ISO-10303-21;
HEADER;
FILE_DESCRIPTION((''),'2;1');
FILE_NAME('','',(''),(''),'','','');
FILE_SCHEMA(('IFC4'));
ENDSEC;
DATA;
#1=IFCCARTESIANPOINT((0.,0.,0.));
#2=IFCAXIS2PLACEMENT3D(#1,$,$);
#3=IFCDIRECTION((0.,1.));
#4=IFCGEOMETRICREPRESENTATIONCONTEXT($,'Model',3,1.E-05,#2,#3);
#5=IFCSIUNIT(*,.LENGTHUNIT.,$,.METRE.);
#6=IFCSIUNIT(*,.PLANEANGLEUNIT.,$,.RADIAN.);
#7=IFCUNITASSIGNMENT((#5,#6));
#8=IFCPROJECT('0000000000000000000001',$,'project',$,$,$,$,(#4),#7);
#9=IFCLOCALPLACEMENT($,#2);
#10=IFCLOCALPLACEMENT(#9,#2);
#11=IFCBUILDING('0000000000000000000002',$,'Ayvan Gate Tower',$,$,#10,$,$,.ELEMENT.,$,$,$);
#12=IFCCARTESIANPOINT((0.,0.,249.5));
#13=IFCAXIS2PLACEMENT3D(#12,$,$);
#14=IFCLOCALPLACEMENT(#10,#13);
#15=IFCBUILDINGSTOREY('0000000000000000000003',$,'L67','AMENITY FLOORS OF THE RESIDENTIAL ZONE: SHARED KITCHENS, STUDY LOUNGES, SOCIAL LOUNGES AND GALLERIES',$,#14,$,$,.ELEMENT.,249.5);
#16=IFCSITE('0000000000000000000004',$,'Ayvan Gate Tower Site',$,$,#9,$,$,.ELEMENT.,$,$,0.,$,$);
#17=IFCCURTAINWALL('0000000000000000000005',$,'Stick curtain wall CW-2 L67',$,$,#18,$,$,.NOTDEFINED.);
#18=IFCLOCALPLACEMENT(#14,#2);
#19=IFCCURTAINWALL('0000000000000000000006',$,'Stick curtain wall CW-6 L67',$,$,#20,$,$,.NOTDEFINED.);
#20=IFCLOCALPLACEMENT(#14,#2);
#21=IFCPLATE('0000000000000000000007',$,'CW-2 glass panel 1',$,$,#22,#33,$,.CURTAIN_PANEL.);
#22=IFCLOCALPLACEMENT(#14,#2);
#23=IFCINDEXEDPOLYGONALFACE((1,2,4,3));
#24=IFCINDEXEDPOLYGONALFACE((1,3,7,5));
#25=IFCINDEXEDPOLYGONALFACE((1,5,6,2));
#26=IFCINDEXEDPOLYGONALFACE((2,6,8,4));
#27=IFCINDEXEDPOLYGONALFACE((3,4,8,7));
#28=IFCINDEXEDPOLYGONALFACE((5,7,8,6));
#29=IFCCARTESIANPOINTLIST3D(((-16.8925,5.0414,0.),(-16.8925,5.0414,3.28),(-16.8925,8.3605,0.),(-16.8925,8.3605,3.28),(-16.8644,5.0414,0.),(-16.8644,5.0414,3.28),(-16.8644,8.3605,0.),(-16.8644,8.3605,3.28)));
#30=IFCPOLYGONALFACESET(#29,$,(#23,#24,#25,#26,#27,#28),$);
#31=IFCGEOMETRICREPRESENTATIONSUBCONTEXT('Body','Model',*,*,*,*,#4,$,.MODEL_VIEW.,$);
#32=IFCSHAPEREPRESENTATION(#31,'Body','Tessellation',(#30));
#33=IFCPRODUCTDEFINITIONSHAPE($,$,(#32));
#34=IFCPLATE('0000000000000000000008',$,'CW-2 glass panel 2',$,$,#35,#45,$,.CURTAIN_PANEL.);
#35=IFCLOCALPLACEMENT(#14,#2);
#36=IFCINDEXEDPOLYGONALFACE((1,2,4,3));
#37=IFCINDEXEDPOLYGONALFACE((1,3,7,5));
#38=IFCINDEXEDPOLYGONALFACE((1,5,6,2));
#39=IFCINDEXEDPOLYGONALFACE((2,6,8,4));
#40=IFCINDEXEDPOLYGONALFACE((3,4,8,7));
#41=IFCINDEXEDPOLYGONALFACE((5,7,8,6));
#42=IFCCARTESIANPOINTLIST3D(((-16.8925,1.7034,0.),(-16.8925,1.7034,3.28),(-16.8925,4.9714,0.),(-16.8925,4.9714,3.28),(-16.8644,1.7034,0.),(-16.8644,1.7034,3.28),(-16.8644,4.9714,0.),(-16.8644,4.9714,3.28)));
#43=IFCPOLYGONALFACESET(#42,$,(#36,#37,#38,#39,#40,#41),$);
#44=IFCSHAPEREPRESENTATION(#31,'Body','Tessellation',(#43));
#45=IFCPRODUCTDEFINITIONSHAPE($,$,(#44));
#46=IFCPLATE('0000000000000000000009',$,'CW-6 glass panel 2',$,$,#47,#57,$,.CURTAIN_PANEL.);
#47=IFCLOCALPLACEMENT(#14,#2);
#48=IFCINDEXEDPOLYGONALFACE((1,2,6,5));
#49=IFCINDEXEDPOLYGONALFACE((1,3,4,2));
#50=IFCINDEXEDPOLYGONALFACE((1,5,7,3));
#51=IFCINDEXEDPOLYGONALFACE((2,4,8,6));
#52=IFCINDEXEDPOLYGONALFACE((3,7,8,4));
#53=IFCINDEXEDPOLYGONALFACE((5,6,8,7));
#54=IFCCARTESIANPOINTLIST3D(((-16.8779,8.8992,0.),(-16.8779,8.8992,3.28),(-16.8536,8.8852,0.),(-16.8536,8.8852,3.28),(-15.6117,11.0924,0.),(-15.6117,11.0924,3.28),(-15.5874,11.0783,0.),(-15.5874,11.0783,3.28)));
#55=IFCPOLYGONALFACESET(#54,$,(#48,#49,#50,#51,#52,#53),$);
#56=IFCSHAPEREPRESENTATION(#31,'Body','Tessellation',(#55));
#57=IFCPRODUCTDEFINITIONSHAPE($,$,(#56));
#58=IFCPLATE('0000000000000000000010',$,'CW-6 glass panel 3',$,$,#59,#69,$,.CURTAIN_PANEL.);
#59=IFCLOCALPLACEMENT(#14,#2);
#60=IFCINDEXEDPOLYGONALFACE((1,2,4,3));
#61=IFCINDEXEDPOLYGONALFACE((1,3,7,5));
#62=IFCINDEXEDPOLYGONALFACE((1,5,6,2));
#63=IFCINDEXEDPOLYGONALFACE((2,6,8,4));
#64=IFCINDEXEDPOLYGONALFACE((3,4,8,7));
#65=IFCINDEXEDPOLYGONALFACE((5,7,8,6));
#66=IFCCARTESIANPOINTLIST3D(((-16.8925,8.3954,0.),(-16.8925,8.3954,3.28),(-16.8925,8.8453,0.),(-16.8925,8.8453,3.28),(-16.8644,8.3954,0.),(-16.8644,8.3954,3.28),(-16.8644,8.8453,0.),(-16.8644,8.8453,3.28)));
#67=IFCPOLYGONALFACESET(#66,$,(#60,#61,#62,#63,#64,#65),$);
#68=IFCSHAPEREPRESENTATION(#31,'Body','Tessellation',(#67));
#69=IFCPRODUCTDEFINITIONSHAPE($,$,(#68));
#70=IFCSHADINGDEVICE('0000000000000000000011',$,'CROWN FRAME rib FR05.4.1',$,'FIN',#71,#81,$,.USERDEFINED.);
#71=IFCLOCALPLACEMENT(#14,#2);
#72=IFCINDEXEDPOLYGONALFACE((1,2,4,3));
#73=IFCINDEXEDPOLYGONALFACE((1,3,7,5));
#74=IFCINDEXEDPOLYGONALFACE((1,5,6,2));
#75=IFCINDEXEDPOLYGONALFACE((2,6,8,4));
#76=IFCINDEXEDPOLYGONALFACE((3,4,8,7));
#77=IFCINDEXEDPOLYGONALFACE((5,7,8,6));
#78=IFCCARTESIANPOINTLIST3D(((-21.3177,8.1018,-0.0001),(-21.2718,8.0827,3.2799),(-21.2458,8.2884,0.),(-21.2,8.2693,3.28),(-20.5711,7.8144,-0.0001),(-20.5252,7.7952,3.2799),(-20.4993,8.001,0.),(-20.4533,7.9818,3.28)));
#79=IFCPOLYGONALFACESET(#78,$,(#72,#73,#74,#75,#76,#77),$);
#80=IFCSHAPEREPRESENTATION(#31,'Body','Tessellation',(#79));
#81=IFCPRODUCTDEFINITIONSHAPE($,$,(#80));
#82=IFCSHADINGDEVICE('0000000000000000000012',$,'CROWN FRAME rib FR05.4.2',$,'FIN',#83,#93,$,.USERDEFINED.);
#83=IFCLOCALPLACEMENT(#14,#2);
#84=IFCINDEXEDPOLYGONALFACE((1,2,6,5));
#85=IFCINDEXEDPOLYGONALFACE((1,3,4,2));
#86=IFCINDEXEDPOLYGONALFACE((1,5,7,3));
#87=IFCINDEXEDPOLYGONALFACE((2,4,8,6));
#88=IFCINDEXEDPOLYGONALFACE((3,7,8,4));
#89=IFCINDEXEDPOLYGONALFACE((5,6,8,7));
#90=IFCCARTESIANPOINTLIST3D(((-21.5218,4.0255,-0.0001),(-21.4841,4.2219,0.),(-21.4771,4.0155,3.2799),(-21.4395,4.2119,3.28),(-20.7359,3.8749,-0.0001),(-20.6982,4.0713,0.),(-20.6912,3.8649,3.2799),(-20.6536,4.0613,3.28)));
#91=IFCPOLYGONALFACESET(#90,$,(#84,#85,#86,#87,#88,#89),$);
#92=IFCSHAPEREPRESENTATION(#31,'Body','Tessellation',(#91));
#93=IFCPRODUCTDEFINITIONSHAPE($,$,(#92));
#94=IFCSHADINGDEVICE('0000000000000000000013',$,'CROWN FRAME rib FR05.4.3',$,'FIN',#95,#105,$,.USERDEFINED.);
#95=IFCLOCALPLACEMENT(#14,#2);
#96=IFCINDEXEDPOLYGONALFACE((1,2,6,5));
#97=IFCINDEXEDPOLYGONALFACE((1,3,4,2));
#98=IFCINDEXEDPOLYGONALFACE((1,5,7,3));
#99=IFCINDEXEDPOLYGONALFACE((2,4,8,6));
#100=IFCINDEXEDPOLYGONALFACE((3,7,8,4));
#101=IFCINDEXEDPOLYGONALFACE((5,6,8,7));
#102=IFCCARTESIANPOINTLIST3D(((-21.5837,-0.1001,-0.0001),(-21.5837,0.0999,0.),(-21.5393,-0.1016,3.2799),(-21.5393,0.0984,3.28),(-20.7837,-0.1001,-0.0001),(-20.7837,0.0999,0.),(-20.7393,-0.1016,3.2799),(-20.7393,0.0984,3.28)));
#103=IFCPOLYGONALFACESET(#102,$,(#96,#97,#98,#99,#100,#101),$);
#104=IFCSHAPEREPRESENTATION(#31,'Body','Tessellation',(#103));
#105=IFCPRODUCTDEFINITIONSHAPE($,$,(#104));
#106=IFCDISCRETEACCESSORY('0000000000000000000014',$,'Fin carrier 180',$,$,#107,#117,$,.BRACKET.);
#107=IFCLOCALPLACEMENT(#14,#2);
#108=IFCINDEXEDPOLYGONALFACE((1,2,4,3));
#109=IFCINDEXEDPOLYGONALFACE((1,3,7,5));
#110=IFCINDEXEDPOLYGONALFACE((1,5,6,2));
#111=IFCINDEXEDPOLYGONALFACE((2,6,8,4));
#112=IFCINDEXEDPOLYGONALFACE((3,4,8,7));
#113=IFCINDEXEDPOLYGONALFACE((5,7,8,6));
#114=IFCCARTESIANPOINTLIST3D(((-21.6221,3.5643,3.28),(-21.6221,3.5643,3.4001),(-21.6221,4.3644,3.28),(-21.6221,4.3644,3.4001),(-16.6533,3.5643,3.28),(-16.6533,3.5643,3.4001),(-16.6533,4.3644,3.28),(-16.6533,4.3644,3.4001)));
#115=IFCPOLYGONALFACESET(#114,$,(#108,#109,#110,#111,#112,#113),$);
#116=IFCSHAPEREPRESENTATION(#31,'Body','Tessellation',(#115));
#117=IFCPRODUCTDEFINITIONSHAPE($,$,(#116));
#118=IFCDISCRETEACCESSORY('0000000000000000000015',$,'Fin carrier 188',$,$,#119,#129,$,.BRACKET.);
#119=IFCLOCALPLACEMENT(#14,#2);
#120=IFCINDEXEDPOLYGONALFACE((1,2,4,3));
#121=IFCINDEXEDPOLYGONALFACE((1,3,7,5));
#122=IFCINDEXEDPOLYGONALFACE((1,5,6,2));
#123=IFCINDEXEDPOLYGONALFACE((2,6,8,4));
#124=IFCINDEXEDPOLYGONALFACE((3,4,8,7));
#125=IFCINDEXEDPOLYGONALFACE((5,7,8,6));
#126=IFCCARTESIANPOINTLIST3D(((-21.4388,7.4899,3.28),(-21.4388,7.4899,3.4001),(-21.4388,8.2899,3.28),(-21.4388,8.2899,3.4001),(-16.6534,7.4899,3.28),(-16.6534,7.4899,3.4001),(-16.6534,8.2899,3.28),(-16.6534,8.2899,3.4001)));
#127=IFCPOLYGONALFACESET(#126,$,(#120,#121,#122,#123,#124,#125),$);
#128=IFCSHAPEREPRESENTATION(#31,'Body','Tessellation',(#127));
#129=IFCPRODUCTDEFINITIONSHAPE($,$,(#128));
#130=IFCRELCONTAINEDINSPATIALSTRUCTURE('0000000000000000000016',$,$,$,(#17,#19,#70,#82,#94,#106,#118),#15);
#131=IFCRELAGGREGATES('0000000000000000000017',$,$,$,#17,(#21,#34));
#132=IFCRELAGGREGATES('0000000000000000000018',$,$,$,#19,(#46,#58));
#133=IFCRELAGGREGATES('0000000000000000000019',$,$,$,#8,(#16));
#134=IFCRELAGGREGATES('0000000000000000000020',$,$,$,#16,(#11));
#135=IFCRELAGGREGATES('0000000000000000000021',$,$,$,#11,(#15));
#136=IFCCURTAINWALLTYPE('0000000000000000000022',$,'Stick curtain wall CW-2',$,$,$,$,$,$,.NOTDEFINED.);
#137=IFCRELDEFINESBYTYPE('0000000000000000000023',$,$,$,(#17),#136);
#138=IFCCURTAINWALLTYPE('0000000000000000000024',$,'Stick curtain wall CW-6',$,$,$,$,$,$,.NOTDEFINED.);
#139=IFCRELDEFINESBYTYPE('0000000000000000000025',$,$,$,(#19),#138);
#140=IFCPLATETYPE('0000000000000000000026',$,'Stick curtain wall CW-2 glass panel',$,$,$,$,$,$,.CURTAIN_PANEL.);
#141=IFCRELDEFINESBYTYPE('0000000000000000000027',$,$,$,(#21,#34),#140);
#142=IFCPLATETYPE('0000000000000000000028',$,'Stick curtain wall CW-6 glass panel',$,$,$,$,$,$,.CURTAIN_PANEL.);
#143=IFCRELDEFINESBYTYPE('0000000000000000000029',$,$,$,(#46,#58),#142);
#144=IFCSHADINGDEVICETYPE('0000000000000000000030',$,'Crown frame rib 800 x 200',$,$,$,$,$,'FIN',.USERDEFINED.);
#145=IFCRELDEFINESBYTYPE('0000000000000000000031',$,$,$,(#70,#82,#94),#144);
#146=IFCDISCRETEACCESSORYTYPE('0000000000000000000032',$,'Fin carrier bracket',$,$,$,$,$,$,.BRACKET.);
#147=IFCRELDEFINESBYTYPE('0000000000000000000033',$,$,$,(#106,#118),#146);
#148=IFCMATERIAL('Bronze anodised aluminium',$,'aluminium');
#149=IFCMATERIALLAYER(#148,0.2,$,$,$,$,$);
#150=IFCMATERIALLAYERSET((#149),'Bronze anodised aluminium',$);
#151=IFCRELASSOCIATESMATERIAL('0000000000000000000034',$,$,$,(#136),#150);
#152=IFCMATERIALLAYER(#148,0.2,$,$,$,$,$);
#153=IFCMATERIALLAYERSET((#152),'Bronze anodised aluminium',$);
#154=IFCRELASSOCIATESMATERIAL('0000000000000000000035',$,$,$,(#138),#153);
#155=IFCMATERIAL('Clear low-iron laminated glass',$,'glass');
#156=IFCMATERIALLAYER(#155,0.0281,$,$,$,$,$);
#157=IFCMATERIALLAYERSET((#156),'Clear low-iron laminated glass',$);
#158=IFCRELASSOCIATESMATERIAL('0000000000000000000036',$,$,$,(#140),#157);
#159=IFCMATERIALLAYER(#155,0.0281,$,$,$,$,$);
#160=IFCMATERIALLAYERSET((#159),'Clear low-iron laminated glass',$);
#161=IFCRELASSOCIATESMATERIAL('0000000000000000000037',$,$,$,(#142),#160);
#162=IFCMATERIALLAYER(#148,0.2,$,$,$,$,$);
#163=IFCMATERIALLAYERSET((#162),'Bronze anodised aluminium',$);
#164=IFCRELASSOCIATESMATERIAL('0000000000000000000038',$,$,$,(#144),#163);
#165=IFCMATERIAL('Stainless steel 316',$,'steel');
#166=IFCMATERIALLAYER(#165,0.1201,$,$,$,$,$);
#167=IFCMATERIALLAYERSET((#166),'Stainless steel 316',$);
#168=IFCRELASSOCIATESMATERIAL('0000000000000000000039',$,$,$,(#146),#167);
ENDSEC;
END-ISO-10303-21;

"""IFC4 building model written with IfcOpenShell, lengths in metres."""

from ifc_helpers import new_model, si_unit, direction, frame, origin, origin_2d, place, context, subcontext, project, spatial, polyline, rectangle, outline, extrude, material, layer, layer_set, type_object, element, aggregate, save


model = new_model("IFC4")

# Units and contexts
model_context = context("Model", 3, precision=1e-05, world=origin(), true_north=direction((0.0, 1.0)))
body_context = subcontext(model_context, "Body", "Model", "MODEL_VIEW")
ifc_project = project(units=[si_unit("LENGTHUNIT", "METRE"), si_unit("PLANEANGLEUNIT", "RADIAN")], contexts=[model_context])

# Site, building, storey
site_placement = place(None, origin())
site = spatial("IfcSite", under=ifc_project, at=site_placement, Name="Ayvan Gate Tower Site", CompositionType="ELEMENT", RefElevation=0.0)
building_placement = place(site_placement, origin())
building = spatial("IfcBuilding", under=site, at=building_placement, Name="Ayvan Gate Tower", CompositionType="ELEMENT")
storey_placement = place(building_placement, frame((0.0, 0.0, 249.5)))
storey = spatial("IfcBuildingStorey", under=building, at=storey_placement, Name="L67", Description="AMENITY FLOORS OF THE RESIDENTIAL ZONE: SHARED KITCHENS, STUDY LOUNGES, SOCIAL LOUNGES AND GALLERIES", CompositionType="ELEMENT", Elevation=249.5)

# Curtain walls
ifc_material_1 = material(Name="Bronze anodised aluminium", Category="aluminium")
ifc_layer_1 = layer(ifc_material_1, 0.2)
ifc_layer_set_1 = layer_set([ifc_layer_1], Name="Bronze anodised aluminium")
curtain_wall_type_1 = type_object("IfcCurtainWallType", Name="Stick curtain wall CW-2", PredefinedType="NOTDEFINED", material=ifc_layer_set_1)
curtain_wall_1_placement = place(storey_placement, origin())
curtain_wall_1 = element("IfcCurtainWall", 1, at=curtain_wall_1_placement, inside=storey, type_object=curtain_wall_type_1, Name="Stick curtain wall CW-2 L67", PredefinedType="NOTDEFINED")
ifc_layer_2 = layer(ifc_material_1, 0.2)
ifc_layer_set_2 = layer_set([ifc_layer_2], Name="Bronze anodised aluminium")
curtain_wall_type_2 = type_object("IfcCurtainWallType", Name="Stick curtain wall CW-6", PredefinedType="NOTDEFINED", material=ifc_layer_set_2)
curtain_wall_2_placement = place(storey_placement, origin())
curtain_wall_2 = element("IfcCurtainWall", 2, at=curtain_wall_2_placement, inside=storey, type_object=curtain_wall_type_2, Name="Stick curtain wall CW-6 L67", PredefinedType="NOTDEFINED")

# Plates
ifc_material_2 = material(Name="Clear low-iron laminated glass", Category="glass")
ifc_layer_3 = layer(ifc_material_2, 0.0281)
ifc_layer_set_3 = layer_set([ifc_layer_3], Name="Clear low-iron laminated glass")
plate_type_1 = type_object("IfcPlateType", Name="Stick curtain wall CW-2 glass panel", PredefinedType="CURTAIN_PANEL", material=ifc_layer_set_3)
plate_1_placement = place(storey_placement, frame((-16.8784, 6.7009, 0.0), z_axis=(0.0, 0.0, 1.0), x_axis=(0.0, -1.0, 0.0)))
plate_1 = element("IfcPlate", 3, at=plate_1_placement, type_object=plate_type_1, Name="CW-2 glass panel 1", PredefinedType="CURTAIN_PANEL", context=body_context, shape_type="SweptSolid", body=[
    extrude(rectangle(XDim=3.3191, YDim=0.0281, at=origin_2d()), origin(), (0.0, 0.0, 1.0), 3.28),
])
plate_2_placement = place(storey_placement, frame((-16.8784, 3.3374, 0.0), z_axis=(0.0, 0.0, 1.0), x_axis=(0.0, -1.0, 0.0)))
plate_2 = element("IfcPlate", 4, at=plate_2_placement, type_object=plate_type_1, Name="CW-2 glass panel 2", PredefinedType="CURTAIN_PANEL", context=body_context, shape_type="SweptSolid", body=[
    extrude(rectangle(XDim=3.2681, YDim=0.0281, at=origin_2d()), origin(), (0.0, 0.0, 1.0), 3.28),
])
aggregate(curtain_wall_1, [plate_1, plate_2])
ifc_layer_4 = layer(ifc_material_2, 0.0281)
ifc_layer_set_4 = layer_set([ifc_layer_4], Name="Clear low-iron laminated glass")
plate_type_2 = type_object("IfcPlateType", Name="Stick curtain wall CW-6 glass panel", PredefinedType="CURTAIN_PANEL", material=ifc_layer_set_4)
plate_3_placement = place(storey_placement, frame((-16.2327, 9.9888, 0.0), z_axis=(0.0, 0.0, 1.0), x_axis=(-0.5, -0.866025, 0.0)))
plate_3 = element("IfcPlate", 5, at=plate_3_placement, type_object=plate_type_2, Name="CW-6 glass panel 2", PredefinedType="CURTAIN_PANEL", context=body_context, shape_type="SweptSolid", body=[
    extrude(rectangle(XDim=2.5325, YDim=0.0281, at=origin_2d()), origin(), (0.0, 0.0, 1.0), 3.28),
])
plate_4_placement = place(storey_placement, frame((-16.8784, 8.6204, 0.0), z_axis=(0.0, 0.0, 1.0), x_axis=(0.0, -1.0, 0.0)))
plate_4 = element("IfcPlate", 6, at=plate_4_placement, type_object=plate_type_2, Name="CW-6 glass panel 3", PredefinedType="CURTAIN_PANEL", context=body_context, shape_type="SweptSolid", body=[
    extrude(rectangle(XDim=0.45, YDim=0.0281, at=origin_2d()), origin(), (0.0, 0.0, 1.0), 3.28),
])
aggregate(curtain_wall_2, [plate_3, plate_4])

# Shading devices
ifc_layer_5 = layer(ifc_material_1, 0.2)
ifc_layer_set_5 = layer_set([ifc_layer_5], Name="Bronze anodised aluminium")
shading_device_type = type_object("IfcShadingDeviceType", Name="Crown frame rib 800 x 200", ElementType="FIN", PredefinedType="USERDEFINED", material=ifc_layer_set_5)
shading_device_1_placement = place(storey_placement, frame((-20.4993, 8.001, 0.0), z_axis=(0.359337, 0.933208, 0.000424), x_axis=(-0.933208, 0.359337, 0.0)))
element("IfcShadingDevice", 7, at=shading_device_1_placement, inside=storey, type_object=shading_device_type, Name="CROWN FRAME rib FR05.4.1", ObjectType="FIN", PredefinedType="USERDEFINED", context=body_context, shape_type="SweptSolid", body=[
    extrude(outline(polyline([(0.0, 0.0), (0.8, 0.0), (0.7503, 3.28), (-0.0498, 3.28), (0.0, 0.0)])), origin(), (0.0, 0.0, -1.0), 0.2),
])
shading_device_2_placement = place(storey_placement, frame((-20.6982, 4.0713, 0.0), z_axis=(0.188248, 0.982122, 0.000433), x_axis=(-0.982122, 0.188248, 0.0)))
element("IfcShadingDevice", 8, at=shading_device_2_placement, inside=storey, type_object=shading_device_type, Name="CROWN FRAME rib FR05.4.2", ObjectType="FIN", PredefinedType="USERDEFINED", context=body_context, shape_type="SweptSolid", body=[
    extrude(outline(polyline([(0.0, 0.0), (0.8002, 0.0), (0.7544, 3.28), (-0.0458, 3.28), (0.0, 0.0)])), origin(), (0.0, 0.0, -1.0), 0.2),
])
shading_device_3_placement = place(storey_placement, frame((-20.7837, 0.0999, 0.0), z_axis=(0.0, 1.0, 0.000447), x_axis=(-1.0, 0.0, 0.0)))
element("IfcShadingDevice", 9, at=shading_device_3_placement, inside=storey, type_object=shading_device_type, Name="CROWN FRAME rib FR05.4.3", ObjectType="FIN", PredefinedType="USERDEFINED", context=body_context, shape_type="SweptSolid", body=[
    extrude(outline(polyline([(0.0, 0.0), (0.8, 0.0), (0.7556, 3.28), (-0.0444, 3.28), (0.0, 0.0)])), origin(), (0.0, 0.0, -1.0), 0.2),
])

# Discrete accessories
ifc_material_3 = material(Name="Stainless steel 316", Category="steel")
ifc_layer_6 = layer(ifc_material_3, 0.1201)
ifc_layer_set_6 = layer_set([ifc_layer_6], Name="Stainless steel 316")
discrete_accessory_type = type_object("IfcDiscreteAccessoryType", Name="Fin carrier bracket", PredefinedType="BRACKET", material=ifc_layer_set_6)
discrete_accessory_1_placement = place(storey_placement, frame((-19.1377, 3.9644, 3.28), z_axis=(0.0, 0.0, 1.0), x_axis=(0.0, -1.0, 0.0)))
element("IfcDiscreteAccessory", 10, at=discrete_accessory_1_placement, inside=storey, type_object=discrete_accessory_type, Name="Fin carrier 180", PredefinedType="BRACKET", context=body_context, shape_type="SweptSolid", body=[
    extrude(rectangle(XDim=0.8, YDim=4.9688, at=origin_2d()), origin(), (0.0, 0.0, 1.0), 0.1201),
])
discrete_accessory_2_placement = place(storey_placement, frame((-19.0461, 7.8899, 3.28), z_axis=(0.0, 0.0, 1.0), x_axis=(0.0, -1.0, 0.0)))
element("IfcDiscreteAccessory", 11, at=discrete_accessory_2_placement, inside=storey, type_object=discrete_accessory_type, Name="Fin carrier 188", PredefinedType="BRACKET", context=body_context, shape_type="SweptSolid", body=[
    extrude(rectangle(XDim=0.8, YDim=4.7854, at=origin_2d()), origin(), (0.0, 0.0, 1.0), 0.1201),
])

save(model, "model.ifc")
